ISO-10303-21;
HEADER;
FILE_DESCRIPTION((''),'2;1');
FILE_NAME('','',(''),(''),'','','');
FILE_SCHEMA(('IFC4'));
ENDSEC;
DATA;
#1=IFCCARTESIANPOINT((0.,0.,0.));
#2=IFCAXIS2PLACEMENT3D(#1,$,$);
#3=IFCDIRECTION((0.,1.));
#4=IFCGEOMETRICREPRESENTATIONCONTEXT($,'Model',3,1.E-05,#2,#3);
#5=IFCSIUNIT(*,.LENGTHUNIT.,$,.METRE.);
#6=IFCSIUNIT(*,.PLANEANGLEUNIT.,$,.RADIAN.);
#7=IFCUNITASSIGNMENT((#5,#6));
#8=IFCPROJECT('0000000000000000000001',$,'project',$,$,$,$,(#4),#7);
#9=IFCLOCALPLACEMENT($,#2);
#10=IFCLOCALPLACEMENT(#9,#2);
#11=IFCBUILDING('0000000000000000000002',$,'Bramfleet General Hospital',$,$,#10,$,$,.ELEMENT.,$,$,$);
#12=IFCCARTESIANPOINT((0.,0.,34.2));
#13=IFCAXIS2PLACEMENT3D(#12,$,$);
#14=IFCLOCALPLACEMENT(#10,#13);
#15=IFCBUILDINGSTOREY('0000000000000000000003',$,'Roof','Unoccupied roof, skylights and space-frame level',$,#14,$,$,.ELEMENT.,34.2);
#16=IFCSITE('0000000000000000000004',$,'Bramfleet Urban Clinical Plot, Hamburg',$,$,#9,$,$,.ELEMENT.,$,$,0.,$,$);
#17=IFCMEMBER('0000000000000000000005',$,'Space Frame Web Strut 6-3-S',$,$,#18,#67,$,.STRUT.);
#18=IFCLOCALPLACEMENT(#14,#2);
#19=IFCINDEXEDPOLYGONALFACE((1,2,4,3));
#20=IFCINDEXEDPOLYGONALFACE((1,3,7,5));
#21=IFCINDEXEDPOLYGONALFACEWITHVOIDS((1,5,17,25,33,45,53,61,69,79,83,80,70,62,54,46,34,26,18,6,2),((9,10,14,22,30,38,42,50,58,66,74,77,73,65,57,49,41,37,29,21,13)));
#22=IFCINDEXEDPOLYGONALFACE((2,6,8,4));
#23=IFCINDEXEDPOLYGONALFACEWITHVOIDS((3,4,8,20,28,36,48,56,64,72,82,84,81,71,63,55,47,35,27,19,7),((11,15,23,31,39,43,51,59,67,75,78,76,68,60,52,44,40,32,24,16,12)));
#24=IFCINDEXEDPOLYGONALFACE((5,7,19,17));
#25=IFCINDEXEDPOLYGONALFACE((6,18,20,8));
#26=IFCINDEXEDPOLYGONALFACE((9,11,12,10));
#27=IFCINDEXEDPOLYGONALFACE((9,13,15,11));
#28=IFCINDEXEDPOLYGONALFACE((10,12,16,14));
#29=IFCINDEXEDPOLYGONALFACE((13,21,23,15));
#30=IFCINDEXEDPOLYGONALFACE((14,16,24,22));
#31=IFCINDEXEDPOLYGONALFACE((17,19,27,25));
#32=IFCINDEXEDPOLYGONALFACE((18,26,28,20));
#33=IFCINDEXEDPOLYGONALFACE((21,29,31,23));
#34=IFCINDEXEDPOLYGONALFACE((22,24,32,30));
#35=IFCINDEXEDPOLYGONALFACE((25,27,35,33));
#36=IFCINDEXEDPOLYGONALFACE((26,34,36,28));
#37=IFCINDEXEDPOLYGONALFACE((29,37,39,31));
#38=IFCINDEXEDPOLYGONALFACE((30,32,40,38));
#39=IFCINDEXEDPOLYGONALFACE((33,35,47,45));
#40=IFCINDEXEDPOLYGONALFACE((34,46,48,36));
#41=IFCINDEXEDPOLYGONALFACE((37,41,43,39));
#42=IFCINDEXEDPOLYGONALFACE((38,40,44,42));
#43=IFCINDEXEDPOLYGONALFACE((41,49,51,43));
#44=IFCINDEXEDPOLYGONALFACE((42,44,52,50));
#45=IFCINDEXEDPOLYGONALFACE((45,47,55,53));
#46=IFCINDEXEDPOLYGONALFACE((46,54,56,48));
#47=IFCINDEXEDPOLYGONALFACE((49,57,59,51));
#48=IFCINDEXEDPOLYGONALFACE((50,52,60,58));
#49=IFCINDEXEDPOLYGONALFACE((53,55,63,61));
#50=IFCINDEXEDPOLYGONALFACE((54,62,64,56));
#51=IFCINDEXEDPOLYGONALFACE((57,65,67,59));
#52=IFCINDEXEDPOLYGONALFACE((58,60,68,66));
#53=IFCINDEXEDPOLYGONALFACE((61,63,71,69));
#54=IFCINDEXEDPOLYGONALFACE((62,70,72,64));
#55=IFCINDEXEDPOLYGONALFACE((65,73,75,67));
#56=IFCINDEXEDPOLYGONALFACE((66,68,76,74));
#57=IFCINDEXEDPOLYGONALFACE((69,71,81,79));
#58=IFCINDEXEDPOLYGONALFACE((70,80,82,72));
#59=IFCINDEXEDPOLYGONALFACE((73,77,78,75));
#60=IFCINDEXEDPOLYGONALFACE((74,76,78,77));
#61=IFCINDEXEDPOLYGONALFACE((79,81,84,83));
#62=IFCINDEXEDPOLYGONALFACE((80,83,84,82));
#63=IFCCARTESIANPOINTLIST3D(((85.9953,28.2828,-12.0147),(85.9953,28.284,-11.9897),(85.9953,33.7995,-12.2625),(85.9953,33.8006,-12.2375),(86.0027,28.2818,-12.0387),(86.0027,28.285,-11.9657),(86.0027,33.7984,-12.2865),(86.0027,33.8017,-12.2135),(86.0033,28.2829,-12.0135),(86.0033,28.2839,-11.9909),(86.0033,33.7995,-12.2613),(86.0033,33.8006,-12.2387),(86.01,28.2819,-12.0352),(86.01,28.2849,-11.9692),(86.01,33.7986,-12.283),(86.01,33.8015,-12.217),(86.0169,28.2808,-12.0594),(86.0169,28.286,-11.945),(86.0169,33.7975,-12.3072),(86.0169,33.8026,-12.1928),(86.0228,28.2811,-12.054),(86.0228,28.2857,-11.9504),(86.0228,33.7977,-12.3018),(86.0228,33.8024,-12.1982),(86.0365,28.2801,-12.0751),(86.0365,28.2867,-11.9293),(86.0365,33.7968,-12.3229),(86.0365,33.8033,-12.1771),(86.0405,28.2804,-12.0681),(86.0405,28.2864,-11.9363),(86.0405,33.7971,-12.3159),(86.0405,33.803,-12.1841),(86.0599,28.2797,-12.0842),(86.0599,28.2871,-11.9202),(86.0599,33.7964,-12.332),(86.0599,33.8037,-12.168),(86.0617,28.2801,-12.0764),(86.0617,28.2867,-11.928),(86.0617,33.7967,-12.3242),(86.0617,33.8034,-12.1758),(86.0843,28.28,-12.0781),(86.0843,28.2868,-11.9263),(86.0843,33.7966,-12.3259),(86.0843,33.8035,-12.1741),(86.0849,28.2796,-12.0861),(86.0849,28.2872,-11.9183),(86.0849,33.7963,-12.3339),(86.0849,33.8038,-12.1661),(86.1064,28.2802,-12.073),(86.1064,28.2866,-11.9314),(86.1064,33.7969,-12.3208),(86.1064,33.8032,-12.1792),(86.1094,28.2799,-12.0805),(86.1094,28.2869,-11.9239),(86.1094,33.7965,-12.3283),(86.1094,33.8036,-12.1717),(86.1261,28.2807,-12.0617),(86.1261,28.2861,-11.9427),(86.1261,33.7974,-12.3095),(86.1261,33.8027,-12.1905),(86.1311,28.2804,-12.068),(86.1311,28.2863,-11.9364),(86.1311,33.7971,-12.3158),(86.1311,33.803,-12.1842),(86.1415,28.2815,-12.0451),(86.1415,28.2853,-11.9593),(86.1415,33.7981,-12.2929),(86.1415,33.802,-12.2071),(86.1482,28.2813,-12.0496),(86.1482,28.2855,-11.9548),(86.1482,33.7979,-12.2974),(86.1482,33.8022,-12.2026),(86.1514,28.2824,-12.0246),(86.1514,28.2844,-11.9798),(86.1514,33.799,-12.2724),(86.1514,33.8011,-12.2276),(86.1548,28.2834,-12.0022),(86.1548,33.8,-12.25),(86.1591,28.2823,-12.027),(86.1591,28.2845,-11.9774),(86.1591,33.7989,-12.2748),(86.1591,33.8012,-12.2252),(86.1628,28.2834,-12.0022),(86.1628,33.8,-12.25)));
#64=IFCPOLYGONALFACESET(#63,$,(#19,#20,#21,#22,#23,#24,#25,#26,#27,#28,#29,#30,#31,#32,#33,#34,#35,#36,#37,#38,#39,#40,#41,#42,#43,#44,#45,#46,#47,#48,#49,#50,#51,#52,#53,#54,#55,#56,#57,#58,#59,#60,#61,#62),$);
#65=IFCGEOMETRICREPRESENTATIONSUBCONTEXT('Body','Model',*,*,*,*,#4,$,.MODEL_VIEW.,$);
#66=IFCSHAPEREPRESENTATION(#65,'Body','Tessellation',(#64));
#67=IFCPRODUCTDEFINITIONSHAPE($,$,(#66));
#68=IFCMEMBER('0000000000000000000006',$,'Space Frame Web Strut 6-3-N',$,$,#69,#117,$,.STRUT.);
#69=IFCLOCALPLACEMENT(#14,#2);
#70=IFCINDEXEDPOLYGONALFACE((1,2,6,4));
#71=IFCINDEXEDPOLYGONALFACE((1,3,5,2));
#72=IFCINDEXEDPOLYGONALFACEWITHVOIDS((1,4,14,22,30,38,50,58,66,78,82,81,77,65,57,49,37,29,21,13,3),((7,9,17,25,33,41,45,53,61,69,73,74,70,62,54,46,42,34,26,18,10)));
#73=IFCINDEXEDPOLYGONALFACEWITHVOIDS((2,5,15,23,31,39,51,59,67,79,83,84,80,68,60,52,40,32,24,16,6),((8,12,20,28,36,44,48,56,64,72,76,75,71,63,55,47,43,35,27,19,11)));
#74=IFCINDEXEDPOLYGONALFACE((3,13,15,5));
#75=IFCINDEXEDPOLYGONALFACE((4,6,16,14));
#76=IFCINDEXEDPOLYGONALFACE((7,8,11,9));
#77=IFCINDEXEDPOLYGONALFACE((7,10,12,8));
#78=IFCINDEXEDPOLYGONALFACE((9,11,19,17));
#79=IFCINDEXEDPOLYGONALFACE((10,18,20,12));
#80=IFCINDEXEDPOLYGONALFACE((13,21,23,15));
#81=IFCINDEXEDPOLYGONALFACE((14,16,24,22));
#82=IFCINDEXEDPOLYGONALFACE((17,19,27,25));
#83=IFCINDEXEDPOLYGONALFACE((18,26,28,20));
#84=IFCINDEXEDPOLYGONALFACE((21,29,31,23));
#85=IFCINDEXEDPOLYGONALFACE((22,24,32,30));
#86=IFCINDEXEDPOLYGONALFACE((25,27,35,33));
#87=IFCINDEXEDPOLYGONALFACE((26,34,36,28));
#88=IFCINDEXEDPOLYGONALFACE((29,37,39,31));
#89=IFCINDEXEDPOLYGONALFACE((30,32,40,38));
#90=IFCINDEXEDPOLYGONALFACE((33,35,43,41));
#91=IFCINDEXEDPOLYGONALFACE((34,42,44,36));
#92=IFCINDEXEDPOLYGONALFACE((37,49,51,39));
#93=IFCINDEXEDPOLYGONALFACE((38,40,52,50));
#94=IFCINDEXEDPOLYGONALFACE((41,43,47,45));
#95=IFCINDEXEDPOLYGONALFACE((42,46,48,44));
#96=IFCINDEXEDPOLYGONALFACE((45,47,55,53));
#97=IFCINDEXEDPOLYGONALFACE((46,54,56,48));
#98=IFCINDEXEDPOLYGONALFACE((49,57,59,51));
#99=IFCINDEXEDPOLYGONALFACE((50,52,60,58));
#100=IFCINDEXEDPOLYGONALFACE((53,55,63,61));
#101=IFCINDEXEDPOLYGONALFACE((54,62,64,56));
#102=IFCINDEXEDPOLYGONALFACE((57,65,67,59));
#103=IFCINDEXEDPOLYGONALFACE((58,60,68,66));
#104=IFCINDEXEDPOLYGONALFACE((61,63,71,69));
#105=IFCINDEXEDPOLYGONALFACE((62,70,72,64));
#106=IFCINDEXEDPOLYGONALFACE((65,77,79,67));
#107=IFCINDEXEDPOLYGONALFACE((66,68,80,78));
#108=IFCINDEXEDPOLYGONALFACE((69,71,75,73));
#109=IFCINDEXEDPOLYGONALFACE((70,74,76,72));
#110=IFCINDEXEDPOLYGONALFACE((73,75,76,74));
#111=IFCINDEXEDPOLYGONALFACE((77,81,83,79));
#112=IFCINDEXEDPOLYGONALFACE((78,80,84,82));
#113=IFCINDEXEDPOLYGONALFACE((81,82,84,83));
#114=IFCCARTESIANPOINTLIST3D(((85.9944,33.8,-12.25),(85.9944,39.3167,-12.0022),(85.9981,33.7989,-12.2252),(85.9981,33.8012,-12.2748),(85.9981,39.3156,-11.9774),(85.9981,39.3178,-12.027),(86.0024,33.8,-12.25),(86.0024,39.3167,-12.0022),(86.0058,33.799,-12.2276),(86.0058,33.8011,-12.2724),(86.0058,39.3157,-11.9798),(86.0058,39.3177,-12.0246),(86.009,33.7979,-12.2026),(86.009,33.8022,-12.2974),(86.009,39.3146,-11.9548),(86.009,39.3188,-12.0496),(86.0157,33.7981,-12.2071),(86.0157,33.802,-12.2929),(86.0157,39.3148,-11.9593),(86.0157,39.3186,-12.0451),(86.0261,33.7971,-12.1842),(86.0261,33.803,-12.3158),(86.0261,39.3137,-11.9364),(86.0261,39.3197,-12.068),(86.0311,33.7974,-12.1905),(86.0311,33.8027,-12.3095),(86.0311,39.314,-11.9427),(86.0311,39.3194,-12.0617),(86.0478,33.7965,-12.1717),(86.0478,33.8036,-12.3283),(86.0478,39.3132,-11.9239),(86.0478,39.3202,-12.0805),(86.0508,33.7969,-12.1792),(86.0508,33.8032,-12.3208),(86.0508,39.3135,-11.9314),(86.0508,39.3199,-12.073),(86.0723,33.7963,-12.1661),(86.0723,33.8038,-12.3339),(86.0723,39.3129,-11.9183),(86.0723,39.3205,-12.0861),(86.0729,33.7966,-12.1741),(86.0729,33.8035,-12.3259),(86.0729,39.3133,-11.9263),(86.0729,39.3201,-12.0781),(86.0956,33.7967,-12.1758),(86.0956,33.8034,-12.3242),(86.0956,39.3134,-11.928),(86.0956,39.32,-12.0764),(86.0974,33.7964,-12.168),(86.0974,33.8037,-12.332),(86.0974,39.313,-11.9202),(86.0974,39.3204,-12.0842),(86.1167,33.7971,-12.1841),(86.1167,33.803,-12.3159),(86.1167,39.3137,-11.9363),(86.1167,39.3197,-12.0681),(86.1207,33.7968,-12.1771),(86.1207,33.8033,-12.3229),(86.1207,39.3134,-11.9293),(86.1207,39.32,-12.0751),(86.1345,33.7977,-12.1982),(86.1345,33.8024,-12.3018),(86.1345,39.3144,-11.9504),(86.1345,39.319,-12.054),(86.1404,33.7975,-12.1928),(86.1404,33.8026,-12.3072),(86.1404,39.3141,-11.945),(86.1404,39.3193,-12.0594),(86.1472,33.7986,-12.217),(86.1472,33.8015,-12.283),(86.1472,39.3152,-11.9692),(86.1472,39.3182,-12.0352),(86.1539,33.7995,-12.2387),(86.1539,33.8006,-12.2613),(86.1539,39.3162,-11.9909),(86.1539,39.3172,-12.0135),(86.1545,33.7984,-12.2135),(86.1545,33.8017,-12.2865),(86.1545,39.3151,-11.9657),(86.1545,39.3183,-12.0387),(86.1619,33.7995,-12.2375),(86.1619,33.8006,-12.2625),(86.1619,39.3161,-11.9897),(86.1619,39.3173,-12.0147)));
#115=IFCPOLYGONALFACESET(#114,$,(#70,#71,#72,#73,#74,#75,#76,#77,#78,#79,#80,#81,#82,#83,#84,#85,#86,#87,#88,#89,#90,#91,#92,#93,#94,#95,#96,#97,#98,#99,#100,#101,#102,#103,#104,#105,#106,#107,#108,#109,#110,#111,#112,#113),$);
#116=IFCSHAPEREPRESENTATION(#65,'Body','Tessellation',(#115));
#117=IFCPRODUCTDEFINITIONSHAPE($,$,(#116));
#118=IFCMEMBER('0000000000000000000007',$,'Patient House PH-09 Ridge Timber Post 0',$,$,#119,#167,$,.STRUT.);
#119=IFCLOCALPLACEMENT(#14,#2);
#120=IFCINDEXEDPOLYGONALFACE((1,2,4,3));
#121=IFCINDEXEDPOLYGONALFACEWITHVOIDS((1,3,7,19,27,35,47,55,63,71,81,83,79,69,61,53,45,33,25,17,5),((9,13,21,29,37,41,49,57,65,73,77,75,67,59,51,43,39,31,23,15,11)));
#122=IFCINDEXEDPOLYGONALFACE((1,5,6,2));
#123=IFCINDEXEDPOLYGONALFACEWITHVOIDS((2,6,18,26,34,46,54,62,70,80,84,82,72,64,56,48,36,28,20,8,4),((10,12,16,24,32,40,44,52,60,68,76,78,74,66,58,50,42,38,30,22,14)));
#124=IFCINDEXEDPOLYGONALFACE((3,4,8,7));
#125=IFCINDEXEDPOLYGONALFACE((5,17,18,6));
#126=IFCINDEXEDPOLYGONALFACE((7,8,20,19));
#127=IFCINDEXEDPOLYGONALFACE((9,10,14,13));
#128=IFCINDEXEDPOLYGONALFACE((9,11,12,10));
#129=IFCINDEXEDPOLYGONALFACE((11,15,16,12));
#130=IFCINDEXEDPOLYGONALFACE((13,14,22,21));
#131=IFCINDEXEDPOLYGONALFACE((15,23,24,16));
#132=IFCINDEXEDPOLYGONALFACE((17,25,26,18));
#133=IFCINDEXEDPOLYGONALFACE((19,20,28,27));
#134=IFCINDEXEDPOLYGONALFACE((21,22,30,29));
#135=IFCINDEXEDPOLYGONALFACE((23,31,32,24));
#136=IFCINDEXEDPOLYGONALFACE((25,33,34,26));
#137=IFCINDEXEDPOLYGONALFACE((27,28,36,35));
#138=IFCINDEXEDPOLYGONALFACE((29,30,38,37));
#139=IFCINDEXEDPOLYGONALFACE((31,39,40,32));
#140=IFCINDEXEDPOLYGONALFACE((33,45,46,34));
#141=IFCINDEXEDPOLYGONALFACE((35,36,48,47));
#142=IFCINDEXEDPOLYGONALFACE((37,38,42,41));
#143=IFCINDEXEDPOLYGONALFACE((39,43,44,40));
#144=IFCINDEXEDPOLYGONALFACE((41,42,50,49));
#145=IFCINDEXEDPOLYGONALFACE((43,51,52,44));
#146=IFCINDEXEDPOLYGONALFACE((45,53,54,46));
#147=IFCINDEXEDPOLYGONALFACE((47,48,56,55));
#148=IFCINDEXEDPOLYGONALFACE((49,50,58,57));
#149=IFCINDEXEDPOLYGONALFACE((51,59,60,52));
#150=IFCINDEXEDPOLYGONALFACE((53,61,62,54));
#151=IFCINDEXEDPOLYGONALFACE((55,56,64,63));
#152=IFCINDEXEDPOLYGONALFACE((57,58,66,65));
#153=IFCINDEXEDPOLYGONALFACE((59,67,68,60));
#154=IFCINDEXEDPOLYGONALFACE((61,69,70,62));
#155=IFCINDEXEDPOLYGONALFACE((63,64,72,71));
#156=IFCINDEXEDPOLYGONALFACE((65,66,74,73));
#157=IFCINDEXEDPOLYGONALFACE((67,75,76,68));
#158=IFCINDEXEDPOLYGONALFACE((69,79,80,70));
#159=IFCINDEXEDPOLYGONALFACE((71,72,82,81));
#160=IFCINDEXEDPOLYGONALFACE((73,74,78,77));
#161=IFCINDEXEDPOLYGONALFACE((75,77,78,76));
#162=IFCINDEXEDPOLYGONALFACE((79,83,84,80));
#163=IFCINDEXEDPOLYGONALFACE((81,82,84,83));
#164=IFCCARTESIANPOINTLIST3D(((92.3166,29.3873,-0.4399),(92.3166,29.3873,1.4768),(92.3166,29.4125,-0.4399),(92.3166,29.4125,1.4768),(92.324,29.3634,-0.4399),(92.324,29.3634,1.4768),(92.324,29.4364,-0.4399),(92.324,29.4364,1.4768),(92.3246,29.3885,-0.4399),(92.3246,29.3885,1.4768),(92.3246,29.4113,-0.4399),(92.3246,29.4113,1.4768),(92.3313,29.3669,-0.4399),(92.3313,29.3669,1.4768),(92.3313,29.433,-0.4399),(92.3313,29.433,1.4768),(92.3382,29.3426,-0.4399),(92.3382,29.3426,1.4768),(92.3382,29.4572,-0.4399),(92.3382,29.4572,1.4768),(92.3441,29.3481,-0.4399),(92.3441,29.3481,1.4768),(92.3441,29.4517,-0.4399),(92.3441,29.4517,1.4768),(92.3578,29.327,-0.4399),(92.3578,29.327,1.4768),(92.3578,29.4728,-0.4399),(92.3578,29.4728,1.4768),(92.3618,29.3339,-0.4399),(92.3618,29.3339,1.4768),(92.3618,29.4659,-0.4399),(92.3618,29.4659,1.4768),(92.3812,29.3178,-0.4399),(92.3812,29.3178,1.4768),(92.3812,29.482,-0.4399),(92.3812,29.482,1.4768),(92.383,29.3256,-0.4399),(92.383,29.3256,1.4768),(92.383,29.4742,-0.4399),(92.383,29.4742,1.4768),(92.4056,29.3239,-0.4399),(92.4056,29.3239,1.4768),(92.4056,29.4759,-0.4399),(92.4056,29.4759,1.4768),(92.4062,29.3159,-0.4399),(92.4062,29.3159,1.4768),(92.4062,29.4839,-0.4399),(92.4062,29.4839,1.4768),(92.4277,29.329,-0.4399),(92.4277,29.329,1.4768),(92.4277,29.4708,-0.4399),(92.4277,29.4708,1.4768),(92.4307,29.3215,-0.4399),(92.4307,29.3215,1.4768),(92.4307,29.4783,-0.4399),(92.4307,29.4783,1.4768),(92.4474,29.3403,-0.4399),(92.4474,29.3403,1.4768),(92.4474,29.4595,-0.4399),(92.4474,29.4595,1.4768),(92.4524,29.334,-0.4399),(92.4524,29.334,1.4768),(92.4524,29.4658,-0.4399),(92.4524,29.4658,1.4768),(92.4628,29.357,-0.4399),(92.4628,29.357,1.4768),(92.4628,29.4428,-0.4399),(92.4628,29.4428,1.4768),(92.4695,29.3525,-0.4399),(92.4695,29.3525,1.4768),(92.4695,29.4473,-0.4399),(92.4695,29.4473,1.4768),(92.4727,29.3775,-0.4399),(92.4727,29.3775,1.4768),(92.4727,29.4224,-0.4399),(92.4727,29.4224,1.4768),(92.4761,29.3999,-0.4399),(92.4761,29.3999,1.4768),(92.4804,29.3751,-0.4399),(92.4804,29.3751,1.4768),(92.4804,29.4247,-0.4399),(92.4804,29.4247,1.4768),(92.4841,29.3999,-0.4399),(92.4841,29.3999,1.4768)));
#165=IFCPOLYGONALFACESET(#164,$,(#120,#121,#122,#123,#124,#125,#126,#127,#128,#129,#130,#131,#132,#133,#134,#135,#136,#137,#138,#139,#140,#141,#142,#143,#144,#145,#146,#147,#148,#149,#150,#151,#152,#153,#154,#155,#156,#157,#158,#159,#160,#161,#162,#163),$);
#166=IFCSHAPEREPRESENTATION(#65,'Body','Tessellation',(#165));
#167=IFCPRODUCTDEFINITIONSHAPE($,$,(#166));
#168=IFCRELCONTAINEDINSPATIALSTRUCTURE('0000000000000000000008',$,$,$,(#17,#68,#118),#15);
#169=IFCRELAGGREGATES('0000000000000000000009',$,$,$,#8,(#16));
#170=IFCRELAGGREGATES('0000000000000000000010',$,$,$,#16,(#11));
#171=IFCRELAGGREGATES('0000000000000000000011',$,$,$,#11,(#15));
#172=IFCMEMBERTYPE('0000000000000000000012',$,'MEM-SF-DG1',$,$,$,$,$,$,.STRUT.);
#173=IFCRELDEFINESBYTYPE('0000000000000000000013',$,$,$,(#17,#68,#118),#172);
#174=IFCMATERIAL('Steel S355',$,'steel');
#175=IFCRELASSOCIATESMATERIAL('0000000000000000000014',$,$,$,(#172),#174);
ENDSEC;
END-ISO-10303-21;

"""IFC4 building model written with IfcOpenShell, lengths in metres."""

from ifc_helpers import new_model, si_unit, direction, frame, origin, origin_2d, place, context, subcontext, project, spatial, hollow_circle, extrude, material, material_profile, profile_set, type_object, element, save


model = new_model("IFC4")

# Units and contexts
model_context = context("Model", 3, precision=1e-05, world=origin(), true_north=direction((0.0, 1.0)))
body_context = subcontext(model_context, "Body", "Model", "MODEL_VIEW")
ifc_project = project(units=[si_unit("LENGTHUNIT", "METRE"), si_unit("PLANEANGLEUNIT", "RADIAN")], contexts=[model_context])

# Site, building, storey
site_placement = place(None, origin())
site = spatial("IfcSite", under=ifc_project, at=site_placement, Name="Bramfleet Urban Clinical Plot, Hamburg", CompositionType="ELEMENT", RefElevation=0.0)
building_placement = place(site_placement, origin())
building = spatial("IfcBuilding", under=site, at=building_placement, Name="Bramfleet General Hospital", CompositionType="ELEMENT")
storey_placement = place(building_placement, frame((0.0, 0.0, 34.2)))
storey = spatial("IfcBuildingStorey", under=building, at=storey_placement, Name="Roof", Description="Unoccupied roof, skylights and space-frame level", CompositionType="ELEMENT", Elevation=34.2)

# Members
ifc_material_1 = material(Name="Steel S355", Category="steel")
ifc_material_profile_1 = material_profile(ifc_material_1, hollow_circle(Radius=0.0842, WallThickness=0.0081, at=origin_2d()), Name="CHS 168.3x8.0")
ifc_profile_set_1 = profile_set([ifc_material_profile_1], Name="Steel S355")
member_type_1 = type_object("IfcMemberType", Name="MEM-SF-DG1", PredefinedType="STRUT", material=ifc_profile_set_1)
for number, where, z_axis, x_axis, name in (
    (1, (86.0786, 33.8, -12.25), (0.0, -0.998993, 0.044874), (1.0, 0.0, 0.0), "Space Frame Web Strut 6-3-S"),
    (2, (86.0786, 33.8, -12.25), (0.0, 0.998993, 0.044874), (-1.0, 0.0, 0.0), "Space Frame Web Strut 6-3-N"),
):
    element("IfcMember", number, at=place(storey_placement, frame(where, z_axis=z_axis, x_axis=x_axis)), inside=storey, type_object=member_type_1, Name=name, PredefinedType="STRUT", context=body_context, shape_type="SweptSolid", body=[
        extrude(hollow_circle(Radius=0.0842, WallThickness=0.0081, at=origin_2d()), origin(), (0.0, 0.0, 1.0), 5.5222),
    ])
member_1_placement = place(storey_placement, frame((92.3999, 29.3999, -0.4399), z_axis=(0.0, 0.0, 1.0), x_axis=(1.0, 0.0, 0.0)))
element("IfcMember", 3, at=member_1_placement, inside=storey, type_object=member_type_1, Name="Patient House PH-09 Ridge Timber Post 0", PredefinedType="STRUT", context=body_context, shape_type="SweptSolid", body=[
    extrude(hollow_circle(Radius=0.0842, WallThickness=0.0081, at=origin_2d()), origin(), (0.0, 0.0, 1.0), 1.9167),
])

save(model, "model.ifc")
